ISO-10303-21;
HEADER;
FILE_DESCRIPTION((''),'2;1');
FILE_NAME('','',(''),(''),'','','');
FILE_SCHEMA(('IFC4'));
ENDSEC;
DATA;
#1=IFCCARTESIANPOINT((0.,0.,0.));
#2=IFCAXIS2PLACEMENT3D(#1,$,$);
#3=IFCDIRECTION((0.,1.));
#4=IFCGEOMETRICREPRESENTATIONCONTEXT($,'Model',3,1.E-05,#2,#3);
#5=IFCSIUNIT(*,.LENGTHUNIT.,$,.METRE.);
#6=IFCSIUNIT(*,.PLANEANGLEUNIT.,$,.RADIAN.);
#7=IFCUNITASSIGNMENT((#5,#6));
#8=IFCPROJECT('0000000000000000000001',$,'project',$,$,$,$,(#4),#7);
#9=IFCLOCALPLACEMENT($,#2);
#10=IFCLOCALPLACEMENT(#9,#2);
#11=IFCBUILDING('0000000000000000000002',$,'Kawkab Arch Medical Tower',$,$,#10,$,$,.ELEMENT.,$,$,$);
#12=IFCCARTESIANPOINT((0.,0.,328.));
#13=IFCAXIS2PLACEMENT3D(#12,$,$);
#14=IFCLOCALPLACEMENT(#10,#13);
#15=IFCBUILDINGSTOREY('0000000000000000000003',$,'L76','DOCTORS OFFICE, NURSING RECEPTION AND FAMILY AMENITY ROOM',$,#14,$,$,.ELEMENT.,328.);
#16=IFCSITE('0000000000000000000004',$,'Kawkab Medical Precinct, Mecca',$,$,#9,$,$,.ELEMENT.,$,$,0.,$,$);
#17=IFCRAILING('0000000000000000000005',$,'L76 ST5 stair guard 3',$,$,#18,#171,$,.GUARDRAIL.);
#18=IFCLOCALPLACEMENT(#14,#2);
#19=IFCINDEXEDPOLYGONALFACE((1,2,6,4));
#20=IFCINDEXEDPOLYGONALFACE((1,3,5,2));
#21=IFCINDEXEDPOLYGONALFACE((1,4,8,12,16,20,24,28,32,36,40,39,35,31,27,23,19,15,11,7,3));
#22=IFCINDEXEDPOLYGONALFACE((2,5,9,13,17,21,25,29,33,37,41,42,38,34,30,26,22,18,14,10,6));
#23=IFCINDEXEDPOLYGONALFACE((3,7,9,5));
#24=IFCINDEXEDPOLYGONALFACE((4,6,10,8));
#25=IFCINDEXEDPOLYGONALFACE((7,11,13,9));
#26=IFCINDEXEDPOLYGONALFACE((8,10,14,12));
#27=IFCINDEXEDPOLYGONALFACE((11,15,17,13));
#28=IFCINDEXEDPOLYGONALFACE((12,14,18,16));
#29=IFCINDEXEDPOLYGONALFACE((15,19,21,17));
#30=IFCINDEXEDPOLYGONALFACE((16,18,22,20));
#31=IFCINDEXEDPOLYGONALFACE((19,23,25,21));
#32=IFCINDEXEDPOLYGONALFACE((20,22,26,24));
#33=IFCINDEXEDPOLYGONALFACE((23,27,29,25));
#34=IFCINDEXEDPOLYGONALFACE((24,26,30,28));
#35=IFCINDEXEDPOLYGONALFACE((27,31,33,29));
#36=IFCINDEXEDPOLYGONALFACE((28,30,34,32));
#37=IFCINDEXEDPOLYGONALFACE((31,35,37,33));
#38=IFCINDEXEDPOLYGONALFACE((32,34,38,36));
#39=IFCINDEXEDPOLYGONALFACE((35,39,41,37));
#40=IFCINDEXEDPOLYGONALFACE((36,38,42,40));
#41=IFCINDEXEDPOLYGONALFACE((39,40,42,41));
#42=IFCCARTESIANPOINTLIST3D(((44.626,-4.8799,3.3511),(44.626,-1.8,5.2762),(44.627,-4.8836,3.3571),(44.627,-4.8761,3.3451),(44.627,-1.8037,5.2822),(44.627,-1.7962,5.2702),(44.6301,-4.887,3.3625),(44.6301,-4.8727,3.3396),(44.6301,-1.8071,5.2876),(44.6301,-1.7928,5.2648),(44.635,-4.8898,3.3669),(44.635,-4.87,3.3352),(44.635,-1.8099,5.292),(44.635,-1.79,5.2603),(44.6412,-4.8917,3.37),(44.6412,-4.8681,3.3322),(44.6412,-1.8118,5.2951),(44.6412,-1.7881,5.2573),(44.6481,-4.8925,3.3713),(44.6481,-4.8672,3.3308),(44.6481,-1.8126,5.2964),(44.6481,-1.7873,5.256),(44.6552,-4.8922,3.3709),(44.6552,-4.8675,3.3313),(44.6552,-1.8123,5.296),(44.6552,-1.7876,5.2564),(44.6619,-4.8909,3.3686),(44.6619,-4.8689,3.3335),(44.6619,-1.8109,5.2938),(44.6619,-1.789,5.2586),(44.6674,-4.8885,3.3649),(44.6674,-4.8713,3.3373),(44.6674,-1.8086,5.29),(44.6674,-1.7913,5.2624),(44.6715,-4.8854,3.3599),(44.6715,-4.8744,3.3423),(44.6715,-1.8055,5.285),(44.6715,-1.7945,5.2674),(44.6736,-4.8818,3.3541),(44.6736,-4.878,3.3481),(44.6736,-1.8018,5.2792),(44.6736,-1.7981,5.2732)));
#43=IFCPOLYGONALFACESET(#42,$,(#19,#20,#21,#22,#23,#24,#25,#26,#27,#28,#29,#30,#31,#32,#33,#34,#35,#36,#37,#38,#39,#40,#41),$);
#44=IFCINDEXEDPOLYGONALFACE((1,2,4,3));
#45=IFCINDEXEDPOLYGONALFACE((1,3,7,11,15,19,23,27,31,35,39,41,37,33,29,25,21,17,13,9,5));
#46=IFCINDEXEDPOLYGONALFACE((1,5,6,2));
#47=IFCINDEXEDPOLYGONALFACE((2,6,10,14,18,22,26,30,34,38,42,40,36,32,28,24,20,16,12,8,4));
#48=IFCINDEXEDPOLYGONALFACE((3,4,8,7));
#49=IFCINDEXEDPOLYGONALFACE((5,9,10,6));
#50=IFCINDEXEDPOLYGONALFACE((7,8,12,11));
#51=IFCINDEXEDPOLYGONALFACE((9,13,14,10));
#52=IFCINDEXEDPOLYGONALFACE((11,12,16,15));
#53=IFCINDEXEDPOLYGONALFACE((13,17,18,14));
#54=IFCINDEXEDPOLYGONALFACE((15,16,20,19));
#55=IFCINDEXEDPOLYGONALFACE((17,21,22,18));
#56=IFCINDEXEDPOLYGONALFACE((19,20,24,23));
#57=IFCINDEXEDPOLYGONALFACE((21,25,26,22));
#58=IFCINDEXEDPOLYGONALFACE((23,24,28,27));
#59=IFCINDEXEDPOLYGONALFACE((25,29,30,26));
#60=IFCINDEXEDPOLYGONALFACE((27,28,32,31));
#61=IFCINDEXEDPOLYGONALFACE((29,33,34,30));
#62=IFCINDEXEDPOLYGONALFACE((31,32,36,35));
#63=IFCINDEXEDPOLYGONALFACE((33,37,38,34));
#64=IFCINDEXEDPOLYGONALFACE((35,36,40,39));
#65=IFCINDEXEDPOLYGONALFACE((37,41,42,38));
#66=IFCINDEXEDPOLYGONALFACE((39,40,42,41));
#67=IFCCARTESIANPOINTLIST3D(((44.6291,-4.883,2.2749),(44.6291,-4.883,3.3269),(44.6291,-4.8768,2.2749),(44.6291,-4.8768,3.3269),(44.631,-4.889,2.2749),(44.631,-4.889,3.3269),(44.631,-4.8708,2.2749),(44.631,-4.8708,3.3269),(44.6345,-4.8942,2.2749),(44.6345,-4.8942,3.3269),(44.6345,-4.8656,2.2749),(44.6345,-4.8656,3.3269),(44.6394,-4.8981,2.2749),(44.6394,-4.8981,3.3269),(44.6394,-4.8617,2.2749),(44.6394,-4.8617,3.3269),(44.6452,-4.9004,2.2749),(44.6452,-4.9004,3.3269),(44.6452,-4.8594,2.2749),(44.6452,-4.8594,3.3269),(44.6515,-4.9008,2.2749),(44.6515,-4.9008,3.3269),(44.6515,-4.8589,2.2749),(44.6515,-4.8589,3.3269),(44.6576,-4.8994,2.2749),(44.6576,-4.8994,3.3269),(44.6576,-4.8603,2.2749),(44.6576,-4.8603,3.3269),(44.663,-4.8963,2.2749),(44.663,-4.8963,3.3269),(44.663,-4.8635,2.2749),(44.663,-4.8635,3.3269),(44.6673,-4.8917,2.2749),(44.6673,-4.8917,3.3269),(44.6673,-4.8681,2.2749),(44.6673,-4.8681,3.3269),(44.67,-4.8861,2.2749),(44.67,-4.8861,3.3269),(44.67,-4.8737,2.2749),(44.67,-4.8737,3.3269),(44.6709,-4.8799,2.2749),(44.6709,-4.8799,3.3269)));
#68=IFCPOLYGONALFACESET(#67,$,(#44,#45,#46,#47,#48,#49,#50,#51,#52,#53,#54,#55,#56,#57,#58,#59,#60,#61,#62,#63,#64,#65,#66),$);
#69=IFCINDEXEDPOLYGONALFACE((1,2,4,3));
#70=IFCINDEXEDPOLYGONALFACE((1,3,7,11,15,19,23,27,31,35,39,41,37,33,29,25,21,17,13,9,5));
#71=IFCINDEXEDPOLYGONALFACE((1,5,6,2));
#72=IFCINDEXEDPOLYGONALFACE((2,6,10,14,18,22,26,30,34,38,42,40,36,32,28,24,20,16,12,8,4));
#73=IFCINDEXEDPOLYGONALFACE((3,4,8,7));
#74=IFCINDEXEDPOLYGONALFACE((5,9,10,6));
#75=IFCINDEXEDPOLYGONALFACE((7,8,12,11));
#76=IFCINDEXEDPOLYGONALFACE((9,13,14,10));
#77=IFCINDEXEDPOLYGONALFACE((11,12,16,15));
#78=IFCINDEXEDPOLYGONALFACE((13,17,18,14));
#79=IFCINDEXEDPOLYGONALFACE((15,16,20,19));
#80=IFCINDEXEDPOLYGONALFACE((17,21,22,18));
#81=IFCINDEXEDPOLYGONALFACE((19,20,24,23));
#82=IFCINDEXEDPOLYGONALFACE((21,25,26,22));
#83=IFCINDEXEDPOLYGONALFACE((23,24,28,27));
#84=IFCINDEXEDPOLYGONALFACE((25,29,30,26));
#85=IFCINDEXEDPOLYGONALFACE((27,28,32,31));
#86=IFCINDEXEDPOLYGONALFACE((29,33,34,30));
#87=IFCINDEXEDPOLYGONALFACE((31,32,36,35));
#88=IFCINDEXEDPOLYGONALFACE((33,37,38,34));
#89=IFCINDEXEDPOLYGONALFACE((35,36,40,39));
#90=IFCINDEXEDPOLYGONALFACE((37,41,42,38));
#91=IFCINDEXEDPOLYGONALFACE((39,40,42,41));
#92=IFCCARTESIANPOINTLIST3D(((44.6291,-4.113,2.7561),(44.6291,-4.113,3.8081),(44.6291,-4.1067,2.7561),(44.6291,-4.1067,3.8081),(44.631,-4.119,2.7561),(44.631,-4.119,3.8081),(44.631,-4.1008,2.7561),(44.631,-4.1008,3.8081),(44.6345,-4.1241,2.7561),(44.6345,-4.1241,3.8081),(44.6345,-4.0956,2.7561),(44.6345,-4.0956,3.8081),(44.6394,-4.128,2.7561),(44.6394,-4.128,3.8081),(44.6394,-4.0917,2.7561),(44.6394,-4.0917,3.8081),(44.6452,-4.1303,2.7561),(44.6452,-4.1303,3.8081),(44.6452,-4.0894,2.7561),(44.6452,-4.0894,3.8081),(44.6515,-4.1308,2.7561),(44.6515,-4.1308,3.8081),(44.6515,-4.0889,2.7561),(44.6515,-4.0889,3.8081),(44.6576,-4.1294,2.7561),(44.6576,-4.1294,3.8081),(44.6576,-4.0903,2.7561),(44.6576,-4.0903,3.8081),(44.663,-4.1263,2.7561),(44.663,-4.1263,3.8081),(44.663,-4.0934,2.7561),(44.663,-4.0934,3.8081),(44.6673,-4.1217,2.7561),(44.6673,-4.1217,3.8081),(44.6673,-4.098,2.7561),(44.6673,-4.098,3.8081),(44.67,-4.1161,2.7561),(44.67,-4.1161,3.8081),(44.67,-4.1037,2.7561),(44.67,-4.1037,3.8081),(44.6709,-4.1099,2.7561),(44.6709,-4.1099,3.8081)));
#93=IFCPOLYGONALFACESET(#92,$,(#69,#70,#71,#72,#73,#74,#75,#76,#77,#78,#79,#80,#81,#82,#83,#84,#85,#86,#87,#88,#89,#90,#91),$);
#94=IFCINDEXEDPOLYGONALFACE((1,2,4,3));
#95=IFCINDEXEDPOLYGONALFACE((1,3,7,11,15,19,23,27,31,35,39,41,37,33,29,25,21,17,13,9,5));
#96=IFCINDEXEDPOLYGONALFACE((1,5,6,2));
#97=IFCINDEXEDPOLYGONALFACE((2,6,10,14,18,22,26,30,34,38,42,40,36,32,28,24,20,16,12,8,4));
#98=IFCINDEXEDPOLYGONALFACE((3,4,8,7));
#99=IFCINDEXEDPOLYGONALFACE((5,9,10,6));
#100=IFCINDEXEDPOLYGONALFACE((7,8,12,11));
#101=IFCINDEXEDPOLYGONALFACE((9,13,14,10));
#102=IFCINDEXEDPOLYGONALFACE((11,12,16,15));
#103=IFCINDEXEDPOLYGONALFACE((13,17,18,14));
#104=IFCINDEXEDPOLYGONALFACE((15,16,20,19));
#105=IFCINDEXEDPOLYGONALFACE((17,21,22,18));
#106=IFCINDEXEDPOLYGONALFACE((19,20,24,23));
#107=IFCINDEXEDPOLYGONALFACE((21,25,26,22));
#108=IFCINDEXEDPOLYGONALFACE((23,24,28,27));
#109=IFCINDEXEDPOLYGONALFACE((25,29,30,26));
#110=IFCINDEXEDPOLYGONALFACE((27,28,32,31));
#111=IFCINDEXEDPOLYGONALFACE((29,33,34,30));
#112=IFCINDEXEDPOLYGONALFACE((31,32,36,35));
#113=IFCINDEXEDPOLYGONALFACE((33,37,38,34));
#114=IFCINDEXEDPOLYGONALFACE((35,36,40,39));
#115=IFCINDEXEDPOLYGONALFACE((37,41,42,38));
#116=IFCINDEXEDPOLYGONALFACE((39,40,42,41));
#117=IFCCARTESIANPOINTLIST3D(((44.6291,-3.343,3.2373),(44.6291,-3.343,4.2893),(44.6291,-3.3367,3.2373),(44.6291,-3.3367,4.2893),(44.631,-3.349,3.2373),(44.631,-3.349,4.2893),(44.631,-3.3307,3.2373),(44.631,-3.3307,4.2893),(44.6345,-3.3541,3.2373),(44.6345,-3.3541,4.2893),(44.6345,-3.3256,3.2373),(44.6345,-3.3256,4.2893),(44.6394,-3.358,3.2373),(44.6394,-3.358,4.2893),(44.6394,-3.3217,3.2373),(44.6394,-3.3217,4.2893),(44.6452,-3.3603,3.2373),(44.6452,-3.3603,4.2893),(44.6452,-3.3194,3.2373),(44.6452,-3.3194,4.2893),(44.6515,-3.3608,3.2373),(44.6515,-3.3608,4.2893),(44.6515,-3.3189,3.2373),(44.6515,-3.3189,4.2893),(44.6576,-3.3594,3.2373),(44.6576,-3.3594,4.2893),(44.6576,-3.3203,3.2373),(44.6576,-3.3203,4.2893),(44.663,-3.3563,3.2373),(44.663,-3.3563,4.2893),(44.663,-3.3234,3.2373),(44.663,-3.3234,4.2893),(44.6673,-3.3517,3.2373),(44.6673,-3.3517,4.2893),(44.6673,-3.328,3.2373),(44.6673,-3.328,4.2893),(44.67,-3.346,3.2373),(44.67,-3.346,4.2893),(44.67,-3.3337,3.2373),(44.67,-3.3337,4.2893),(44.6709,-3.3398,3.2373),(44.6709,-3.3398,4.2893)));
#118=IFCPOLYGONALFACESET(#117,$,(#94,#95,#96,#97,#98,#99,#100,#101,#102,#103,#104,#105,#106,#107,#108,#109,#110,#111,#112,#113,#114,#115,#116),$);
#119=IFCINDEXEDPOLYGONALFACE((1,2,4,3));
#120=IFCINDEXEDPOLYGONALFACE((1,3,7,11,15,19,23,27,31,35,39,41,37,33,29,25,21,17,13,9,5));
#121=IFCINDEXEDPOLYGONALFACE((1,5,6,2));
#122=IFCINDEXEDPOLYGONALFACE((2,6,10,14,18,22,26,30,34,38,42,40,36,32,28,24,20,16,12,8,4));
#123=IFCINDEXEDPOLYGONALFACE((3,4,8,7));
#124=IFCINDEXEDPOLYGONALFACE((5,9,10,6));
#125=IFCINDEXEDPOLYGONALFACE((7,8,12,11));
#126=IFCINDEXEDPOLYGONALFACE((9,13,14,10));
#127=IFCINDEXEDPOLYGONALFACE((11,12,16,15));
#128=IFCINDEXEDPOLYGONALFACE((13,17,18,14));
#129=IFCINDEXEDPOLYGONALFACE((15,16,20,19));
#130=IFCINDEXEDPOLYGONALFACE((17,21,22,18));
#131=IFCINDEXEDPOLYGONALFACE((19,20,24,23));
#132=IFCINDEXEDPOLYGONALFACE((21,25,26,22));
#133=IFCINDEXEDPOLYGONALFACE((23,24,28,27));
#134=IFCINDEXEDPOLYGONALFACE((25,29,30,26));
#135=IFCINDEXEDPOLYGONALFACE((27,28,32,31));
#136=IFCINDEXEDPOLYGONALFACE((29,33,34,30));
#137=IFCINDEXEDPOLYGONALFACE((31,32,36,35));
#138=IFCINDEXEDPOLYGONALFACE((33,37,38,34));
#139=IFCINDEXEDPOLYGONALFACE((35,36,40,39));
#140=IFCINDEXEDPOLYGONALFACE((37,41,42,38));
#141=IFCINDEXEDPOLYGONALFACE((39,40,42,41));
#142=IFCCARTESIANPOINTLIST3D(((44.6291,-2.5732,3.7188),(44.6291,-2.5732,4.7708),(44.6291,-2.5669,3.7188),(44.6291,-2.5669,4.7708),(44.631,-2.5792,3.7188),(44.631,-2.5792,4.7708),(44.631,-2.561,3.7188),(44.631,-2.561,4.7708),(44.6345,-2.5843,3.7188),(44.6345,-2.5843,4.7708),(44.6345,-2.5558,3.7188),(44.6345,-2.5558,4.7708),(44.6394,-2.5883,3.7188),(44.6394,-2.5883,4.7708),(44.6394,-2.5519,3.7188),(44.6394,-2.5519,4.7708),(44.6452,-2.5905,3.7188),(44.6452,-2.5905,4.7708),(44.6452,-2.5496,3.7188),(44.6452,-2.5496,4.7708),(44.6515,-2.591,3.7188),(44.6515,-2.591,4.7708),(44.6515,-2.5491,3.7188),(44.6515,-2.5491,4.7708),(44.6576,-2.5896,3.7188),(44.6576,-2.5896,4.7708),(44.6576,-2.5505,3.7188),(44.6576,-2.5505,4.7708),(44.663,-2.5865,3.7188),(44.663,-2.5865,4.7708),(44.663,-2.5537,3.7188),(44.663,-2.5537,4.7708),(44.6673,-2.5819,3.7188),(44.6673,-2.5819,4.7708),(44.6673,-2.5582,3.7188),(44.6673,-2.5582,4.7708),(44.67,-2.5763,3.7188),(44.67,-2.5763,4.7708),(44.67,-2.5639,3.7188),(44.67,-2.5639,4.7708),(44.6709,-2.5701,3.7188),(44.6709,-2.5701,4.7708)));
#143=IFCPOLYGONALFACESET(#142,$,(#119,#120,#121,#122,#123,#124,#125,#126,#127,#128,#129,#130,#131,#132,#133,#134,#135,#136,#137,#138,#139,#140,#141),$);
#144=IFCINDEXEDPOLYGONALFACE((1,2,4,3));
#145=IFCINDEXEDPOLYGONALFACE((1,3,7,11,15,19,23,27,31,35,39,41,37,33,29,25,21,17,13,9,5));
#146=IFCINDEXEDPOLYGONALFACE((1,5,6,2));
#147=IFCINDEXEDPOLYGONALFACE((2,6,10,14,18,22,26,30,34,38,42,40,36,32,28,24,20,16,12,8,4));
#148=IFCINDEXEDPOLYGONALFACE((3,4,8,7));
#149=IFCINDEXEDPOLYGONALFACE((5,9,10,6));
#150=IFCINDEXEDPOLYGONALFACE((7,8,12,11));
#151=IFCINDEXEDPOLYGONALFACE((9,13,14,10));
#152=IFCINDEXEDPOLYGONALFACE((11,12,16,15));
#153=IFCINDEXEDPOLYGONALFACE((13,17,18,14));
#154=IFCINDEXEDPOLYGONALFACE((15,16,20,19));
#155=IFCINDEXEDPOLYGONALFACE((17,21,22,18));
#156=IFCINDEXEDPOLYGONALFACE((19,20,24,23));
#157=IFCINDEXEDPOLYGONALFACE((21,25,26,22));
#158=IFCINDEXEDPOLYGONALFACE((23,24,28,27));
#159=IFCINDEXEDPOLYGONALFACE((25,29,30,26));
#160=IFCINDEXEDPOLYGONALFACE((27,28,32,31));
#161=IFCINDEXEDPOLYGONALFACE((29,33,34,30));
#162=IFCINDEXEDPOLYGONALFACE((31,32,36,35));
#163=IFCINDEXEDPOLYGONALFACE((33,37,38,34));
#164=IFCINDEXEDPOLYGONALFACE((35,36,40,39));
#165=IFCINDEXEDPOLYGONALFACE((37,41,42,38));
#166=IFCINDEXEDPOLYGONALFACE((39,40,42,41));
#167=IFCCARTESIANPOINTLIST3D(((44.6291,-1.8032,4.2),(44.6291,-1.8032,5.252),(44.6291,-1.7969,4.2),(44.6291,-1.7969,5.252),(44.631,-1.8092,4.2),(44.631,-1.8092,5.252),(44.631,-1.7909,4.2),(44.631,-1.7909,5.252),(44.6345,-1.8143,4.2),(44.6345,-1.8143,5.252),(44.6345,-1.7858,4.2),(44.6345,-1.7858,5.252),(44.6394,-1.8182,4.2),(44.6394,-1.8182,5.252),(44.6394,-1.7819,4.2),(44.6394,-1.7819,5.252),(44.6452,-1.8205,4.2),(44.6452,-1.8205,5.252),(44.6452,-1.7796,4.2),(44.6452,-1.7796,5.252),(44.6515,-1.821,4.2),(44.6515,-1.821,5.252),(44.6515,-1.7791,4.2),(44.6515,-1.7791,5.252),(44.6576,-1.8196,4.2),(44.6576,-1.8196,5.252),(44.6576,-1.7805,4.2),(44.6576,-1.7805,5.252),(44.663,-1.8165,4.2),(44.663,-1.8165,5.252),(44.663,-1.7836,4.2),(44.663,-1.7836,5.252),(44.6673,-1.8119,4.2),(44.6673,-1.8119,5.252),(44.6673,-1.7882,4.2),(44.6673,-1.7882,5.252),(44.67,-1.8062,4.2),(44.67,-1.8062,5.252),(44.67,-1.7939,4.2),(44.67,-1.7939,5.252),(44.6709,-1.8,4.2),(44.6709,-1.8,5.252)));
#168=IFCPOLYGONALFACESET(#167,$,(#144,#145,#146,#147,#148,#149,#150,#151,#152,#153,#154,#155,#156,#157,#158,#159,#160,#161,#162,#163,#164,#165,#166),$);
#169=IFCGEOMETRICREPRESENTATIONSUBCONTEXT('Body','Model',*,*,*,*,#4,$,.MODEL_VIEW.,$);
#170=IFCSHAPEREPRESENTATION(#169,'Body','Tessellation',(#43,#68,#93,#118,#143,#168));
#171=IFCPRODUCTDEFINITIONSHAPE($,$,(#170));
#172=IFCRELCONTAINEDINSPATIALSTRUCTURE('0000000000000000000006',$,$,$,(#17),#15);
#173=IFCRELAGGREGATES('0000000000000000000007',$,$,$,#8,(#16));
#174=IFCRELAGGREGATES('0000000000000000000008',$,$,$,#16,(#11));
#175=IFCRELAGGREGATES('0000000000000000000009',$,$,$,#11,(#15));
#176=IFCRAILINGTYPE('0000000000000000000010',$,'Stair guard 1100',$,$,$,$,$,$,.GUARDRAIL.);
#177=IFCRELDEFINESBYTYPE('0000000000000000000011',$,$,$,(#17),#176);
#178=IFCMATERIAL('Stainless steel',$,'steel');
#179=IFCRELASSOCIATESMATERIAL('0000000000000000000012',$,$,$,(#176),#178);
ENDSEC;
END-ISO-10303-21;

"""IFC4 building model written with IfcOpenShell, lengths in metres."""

from ifc_helpers import new_model, si_unit, direction, frame, origin, origin_2d, place, context, subcontext, project, spatial, circle, extrude, material, type_object, element, save


model = new_model("IFC4")

# Units and contexts
model_context = context("Model", 3, precision=1e-05, world=origin(), true_north=direction((0.0, 1.0)))
body_context = subcontext(model_context, "Body", "Model", "MODEL_VIEW")
ifc_project = project(units=[si_unit("LENGTHUNIT", "METRE"), si_unit("PLANEANGLEUNIT", "RADIAN")], contexts=[model_context])

# Site, building, storey
site_placement = place(None, origin())
site = spatial("IfcSite", under=ifc_project, at=site_placement, Name="Kawkab Medical Precinct, Mecca", CompositionType="ELEMENT", RefElevation=0.0)
building_placement = place(site_placement, origin())
building = spatial("IfcBuilding", under=site, at=building_placement, Name="Kawkab Arch Medical Tower", CompositionType="ELEMENT")
storey_placement = place(building_placement, frame((0.0, 0.0, 328.0)))
storey = spatial("IfcBuildingStorey", under=building, at=storey_placement, Name="L76", Description="DOCTORS OFFICE, NURSING RECEPTION AND FAMILY AMENITY ROOM", CompositionType="ELEMENT", Elevation=328.0)

# Railing
ifc_material_1 = material(Name="Stainless steel", Category="steel")
railing_type = type_object("IfcRailingType", Name="Stair guard 1100", PredefinedType="GUARDRAIL", material=ifc_material_1)
railing_1_placement = place(storey_placement, frame((44.6499, -4.8799, 2.2749)))
element("IfcRailing", 1, at=railing_1_placement, inside=storey, type_object=railing_type, Name="L76 ST5 stair guard 3", PredefinedType="GUARDRAIL", context=body_context, shape_type="SweptSolid", body=[
    extrude(circle(Radius=0.0239, at=origin_2d()), frame((0.0, 0.0, 1.0762), z_axis=(0.0, 0.847979, 0.530029), x_axis=(-1.0, 0.0, 0.0)), (0.0, 0.0, 1.0), 3.6321),
    extrude(circle(Radius=0.021, at=origin_2d()), origin(), (0.0, 0.0, 1.0), 1.052),
    extrude(circle(Radius=0.021, at=origin_2d()), frame((0.0, 0.77, 0.4812)), (0.0, 0.0, 1.0), 1.052),
    extrude(circle(Radius=0.021, at=origin_2d()), frame((0.0, 1.54, 0.9624)), (0.0, 0.0, 1.0), 1.052),
    extrude(circle(Radius=0.021, at=origin_2d()), frame((0.0, 2.3098, 1.4438)), (0.0, 0.0, 1.0), 1.052),
    extrude(circle(Radius=0.021, at=origin_2d()), frame((0.0, 3.0798, 1.925)), (0.0, 0.0, 1.0), 1.052),
])

save(model, "model.ifc")
